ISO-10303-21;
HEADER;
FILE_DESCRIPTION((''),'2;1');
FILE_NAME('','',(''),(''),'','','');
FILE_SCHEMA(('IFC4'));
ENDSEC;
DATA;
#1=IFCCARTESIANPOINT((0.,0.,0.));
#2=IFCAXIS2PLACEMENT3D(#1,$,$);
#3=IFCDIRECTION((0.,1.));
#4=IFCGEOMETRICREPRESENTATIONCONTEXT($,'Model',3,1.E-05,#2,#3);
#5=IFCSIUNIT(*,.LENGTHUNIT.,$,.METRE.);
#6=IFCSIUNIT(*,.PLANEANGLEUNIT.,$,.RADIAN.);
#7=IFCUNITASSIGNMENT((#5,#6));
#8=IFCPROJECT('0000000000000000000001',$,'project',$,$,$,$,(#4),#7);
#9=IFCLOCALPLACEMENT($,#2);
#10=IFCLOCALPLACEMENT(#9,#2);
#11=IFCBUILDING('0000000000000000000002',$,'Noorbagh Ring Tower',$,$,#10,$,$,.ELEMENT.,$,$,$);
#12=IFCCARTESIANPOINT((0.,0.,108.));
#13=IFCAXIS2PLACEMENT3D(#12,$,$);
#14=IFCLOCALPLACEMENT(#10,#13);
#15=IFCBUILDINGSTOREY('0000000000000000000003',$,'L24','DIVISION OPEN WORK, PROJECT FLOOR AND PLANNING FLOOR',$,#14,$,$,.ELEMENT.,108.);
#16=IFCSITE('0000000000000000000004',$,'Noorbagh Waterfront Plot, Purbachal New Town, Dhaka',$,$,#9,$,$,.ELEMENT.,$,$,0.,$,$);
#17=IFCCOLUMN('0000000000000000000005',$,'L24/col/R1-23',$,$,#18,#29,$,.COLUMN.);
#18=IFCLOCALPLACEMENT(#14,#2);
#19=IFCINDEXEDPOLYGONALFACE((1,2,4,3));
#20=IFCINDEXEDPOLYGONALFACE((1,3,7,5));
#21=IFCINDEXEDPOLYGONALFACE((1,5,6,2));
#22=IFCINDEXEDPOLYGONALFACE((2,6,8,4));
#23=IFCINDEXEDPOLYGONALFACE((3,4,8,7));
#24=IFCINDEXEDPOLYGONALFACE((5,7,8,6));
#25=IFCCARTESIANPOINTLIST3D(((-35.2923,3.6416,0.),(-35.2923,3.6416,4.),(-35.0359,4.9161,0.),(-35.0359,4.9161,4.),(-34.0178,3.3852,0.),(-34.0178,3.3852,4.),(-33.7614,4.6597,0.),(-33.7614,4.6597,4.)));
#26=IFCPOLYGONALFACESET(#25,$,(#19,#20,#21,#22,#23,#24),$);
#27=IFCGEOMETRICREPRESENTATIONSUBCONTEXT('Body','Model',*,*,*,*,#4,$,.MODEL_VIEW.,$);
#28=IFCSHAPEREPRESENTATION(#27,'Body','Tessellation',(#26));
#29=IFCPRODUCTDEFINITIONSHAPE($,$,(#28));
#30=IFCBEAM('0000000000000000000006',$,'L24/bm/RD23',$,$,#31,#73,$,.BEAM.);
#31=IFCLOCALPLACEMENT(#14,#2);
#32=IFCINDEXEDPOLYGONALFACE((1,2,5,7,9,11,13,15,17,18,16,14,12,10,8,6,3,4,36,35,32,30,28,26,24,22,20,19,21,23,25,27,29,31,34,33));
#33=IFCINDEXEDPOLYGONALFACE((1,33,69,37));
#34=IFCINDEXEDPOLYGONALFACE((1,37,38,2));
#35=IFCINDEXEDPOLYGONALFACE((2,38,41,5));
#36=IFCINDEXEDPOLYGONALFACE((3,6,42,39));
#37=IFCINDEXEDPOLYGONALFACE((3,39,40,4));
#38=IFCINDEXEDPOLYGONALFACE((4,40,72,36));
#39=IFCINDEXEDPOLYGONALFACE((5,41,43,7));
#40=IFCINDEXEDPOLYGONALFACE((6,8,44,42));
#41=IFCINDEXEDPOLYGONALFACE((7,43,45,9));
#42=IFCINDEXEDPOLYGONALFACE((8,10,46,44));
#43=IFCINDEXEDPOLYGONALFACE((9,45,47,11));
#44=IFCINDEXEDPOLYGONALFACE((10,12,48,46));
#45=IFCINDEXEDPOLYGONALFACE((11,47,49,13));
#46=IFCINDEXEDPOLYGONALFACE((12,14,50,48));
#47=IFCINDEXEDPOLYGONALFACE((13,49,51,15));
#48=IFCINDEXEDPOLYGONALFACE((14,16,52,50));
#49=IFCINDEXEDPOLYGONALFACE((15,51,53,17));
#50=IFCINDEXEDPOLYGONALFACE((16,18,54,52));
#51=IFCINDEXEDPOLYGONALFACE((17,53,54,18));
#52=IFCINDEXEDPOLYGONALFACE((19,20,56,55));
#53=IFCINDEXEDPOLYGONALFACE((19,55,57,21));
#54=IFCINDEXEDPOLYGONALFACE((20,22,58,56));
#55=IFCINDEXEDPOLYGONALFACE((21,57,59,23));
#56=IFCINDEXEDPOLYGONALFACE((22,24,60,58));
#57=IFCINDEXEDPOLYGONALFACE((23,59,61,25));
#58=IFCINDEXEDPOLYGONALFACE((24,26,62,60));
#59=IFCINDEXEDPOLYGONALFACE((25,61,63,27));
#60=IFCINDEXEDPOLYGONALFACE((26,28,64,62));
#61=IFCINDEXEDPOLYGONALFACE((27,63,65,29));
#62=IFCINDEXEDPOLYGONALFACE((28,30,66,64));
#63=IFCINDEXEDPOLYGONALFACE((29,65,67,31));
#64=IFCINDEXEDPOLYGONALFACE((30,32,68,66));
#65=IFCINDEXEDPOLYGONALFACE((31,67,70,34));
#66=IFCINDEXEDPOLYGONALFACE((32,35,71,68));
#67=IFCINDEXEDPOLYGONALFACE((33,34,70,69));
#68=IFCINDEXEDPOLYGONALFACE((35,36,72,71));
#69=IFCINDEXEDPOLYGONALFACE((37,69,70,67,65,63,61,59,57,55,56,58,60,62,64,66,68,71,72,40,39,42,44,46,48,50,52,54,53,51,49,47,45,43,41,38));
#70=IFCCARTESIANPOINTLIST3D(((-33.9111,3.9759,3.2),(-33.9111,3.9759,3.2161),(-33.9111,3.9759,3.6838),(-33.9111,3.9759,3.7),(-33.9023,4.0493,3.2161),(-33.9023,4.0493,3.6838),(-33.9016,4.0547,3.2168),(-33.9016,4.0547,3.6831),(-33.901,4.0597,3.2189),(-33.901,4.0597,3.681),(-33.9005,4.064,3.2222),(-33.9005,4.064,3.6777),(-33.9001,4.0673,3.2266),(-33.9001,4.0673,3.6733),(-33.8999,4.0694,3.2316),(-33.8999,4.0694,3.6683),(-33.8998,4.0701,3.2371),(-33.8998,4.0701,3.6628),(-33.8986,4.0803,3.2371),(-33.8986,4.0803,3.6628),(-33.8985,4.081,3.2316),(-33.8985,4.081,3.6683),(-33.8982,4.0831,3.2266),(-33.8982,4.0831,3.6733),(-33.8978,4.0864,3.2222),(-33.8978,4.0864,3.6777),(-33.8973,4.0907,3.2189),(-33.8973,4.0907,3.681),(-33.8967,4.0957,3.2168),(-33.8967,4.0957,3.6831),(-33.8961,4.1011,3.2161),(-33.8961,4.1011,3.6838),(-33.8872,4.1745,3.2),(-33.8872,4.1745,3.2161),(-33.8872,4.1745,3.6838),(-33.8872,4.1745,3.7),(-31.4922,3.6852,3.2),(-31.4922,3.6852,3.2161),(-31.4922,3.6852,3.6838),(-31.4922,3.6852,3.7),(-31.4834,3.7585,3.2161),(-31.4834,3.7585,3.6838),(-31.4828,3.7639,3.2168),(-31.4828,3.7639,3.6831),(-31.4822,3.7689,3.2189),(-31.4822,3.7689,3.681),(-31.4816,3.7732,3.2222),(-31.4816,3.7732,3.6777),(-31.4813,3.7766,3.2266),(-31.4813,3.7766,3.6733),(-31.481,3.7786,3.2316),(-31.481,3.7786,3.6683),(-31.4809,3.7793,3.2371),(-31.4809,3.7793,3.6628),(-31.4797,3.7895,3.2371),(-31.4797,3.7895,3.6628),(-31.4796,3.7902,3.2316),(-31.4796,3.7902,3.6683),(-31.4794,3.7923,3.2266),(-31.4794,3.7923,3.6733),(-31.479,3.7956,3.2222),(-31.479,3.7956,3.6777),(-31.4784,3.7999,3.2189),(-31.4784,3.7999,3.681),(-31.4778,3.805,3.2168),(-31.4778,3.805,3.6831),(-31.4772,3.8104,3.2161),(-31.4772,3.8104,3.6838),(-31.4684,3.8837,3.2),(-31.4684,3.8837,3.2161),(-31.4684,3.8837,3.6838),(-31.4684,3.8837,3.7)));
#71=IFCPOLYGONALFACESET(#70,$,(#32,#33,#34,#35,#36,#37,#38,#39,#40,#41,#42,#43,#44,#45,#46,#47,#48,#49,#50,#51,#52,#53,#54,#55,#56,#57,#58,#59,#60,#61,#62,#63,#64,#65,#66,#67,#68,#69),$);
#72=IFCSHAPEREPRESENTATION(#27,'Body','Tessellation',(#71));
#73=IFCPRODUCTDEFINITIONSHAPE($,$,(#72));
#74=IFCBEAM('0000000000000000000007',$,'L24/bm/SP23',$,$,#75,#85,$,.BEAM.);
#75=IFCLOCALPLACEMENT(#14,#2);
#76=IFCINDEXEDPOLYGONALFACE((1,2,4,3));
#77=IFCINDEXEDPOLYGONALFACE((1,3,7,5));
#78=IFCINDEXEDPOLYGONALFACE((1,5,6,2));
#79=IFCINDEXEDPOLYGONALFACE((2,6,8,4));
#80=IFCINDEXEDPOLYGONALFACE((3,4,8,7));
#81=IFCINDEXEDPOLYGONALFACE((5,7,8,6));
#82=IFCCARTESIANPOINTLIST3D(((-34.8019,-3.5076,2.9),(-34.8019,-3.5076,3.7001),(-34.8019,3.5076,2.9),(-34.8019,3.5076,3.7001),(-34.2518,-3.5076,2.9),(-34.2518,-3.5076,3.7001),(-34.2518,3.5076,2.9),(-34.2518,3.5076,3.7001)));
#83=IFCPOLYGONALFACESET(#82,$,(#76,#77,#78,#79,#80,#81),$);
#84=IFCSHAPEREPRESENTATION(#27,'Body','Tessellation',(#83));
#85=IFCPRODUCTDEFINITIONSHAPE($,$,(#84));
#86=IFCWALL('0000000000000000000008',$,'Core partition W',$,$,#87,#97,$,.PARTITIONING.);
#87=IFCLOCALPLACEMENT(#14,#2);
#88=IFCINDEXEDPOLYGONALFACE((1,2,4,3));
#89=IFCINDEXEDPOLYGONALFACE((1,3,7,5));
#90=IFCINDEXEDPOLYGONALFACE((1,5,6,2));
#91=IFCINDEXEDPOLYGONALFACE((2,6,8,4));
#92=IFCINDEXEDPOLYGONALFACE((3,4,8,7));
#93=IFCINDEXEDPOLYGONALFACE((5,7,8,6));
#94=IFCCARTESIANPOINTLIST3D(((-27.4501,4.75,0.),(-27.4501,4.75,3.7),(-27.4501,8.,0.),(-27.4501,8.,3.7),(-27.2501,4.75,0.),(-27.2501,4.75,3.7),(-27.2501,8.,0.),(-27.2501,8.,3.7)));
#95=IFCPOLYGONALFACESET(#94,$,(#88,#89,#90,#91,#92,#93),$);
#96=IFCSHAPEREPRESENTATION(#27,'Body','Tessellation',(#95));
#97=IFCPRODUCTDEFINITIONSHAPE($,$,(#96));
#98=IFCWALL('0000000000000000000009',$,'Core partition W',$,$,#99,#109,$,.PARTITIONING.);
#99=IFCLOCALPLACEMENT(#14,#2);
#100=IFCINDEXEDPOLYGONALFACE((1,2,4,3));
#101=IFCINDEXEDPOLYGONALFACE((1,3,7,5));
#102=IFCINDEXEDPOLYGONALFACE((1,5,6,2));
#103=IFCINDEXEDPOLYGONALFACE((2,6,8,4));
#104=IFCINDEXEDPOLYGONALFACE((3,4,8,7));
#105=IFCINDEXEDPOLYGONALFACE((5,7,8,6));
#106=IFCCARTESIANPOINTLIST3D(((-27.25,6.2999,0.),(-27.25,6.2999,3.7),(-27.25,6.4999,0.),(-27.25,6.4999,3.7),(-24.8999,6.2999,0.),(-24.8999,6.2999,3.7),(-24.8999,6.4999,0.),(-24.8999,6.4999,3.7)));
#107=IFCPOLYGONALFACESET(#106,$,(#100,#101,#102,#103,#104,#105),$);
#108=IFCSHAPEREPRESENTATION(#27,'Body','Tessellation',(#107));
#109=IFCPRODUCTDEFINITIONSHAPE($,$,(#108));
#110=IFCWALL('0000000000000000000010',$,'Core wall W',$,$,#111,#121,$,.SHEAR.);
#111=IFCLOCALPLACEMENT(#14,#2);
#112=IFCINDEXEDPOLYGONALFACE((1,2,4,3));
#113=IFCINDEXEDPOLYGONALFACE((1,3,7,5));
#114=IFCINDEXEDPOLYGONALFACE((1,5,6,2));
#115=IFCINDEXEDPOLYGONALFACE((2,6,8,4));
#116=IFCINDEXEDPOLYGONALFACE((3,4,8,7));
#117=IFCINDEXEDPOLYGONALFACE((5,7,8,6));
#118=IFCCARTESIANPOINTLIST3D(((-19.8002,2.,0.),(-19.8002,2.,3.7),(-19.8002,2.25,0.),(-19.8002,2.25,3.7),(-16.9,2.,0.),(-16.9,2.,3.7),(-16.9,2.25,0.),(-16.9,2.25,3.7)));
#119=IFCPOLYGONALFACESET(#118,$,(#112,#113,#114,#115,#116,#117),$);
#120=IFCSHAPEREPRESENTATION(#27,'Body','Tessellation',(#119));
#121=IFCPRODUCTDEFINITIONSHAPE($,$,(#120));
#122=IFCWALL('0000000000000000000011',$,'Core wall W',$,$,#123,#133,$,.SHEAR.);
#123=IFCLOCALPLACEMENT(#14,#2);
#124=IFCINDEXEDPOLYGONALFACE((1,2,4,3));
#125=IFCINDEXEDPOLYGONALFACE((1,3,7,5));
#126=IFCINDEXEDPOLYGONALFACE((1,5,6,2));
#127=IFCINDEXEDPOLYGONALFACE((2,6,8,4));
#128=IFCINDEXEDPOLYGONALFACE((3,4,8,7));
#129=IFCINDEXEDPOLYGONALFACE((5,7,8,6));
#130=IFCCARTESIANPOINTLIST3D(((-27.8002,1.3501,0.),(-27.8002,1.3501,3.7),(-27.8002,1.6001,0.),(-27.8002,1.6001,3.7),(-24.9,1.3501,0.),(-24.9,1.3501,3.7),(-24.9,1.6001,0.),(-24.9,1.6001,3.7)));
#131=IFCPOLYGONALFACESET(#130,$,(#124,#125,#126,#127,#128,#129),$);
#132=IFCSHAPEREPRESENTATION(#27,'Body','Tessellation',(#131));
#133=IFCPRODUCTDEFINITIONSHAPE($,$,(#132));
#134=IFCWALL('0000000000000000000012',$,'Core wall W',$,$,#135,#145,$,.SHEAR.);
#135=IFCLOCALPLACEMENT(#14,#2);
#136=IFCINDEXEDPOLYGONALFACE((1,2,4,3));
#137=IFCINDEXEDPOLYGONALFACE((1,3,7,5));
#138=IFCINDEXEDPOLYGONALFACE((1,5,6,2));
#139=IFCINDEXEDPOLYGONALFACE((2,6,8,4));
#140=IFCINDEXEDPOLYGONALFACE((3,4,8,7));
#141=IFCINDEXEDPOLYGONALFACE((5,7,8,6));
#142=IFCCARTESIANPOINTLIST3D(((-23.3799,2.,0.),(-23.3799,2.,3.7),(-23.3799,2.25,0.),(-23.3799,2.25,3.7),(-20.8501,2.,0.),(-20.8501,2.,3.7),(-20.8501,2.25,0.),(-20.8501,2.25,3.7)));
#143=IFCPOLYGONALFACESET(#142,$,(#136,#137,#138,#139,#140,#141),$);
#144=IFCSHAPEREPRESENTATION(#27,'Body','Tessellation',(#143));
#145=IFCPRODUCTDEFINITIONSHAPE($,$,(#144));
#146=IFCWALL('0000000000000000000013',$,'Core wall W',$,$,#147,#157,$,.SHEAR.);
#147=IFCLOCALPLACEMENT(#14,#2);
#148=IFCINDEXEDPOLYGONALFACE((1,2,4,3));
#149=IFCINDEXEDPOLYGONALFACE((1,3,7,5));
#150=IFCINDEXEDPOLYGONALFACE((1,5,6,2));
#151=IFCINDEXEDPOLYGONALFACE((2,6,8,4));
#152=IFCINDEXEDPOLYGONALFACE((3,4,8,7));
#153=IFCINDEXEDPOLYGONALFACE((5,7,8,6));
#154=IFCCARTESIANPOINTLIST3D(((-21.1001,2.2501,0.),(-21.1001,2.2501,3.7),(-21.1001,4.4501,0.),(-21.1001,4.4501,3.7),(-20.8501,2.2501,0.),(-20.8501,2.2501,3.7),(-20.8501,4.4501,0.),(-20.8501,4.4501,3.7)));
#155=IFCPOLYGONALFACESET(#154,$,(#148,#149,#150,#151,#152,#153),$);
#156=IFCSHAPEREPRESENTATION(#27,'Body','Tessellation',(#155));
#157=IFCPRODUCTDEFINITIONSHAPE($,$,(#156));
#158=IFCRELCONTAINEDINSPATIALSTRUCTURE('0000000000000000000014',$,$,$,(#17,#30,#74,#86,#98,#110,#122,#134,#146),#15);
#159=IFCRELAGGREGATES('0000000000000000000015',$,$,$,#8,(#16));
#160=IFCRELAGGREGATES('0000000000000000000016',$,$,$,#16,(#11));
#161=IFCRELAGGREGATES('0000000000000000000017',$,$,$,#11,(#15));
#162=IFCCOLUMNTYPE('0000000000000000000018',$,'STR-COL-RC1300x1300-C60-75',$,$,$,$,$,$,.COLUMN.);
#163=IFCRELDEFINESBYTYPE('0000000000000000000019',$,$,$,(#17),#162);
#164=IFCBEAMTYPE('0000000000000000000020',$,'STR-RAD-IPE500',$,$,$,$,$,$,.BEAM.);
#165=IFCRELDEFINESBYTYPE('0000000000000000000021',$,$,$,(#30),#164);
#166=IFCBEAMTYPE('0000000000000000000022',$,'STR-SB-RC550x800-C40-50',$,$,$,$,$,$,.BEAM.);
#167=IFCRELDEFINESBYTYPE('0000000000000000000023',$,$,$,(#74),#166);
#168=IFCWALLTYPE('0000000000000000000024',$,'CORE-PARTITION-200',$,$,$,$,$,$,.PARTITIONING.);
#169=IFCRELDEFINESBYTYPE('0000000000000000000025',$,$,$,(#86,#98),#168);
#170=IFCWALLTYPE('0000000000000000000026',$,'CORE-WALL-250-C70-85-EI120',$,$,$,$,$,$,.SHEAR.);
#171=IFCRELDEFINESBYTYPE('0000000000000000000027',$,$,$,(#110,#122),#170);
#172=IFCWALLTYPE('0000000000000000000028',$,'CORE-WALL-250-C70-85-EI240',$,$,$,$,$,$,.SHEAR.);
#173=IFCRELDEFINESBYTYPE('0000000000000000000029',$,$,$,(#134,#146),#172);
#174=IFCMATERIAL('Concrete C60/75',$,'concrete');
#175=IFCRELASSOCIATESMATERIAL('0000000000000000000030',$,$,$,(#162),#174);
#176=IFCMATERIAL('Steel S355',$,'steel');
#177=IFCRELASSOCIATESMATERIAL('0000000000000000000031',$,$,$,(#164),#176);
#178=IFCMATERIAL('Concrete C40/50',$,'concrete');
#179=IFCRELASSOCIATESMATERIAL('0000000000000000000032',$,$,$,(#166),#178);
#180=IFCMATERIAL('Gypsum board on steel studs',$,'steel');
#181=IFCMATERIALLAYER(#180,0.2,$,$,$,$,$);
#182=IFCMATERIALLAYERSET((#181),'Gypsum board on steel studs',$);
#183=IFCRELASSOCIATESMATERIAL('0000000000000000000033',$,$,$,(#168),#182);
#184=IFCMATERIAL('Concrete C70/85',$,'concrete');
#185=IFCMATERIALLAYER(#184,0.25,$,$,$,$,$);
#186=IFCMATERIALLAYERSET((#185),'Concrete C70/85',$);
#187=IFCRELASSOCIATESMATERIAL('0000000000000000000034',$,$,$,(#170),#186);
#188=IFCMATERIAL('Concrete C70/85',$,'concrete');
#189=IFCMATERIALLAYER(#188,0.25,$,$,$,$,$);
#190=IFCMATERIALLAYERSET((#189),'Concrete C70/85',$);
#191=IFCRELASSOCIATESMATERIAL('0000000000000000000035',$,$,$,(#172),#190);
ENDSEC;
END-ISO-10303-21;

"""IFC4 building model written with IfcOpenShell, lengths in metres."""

from ifc_helpers import new_model, si_unit, direction, frame, frame_2d, origin, origin_2d, place, context, subcontext, project, spatial, rectangle, i_section, extrude, material, layer, layer_set, material_profile, profile_set, type_object, element, save


model = new_model("IFC4")

# Units and contexts
model_context = context("Model", 3, precision=1e-05, world=origin(), true_north=direction((0.0, 1.0)))
body_context = subcontext(model_context, "Body", "Model", "MODEL_VIEW")
ifc_project = project(units=[si_unit("LENGTHUNIT", "METRE"), si_unit("PLANEANGLEUNIT", "RADIAN")], contexts=[model_context])

# Site, building, storey
site_placement = place(None, origin())
site = spatial("IfcSite", under=ifc_project, at=site_placement, Name="Noorbagh Waterfront Plot, Purbachal New Town, Dhaka", CompositionType="ELEMENT", RefElevation=0.0)
building_placement = place(site_placement, origin())
building = spatial("IfcBuilding", under=site, at=building_placement, Name="Noorbagh Ring Tower", CompositionType="ELEMENT")
storey_placement = place(building_placement, frame((0.0, 0.0, 108.0)))
storey = spatial("IfcBuildingStorey", under=building, at=storey_placement, Name="L24", Description="DIVISION OPEN WORK, PROJECT FLOOR AND PLANNING FLOOR", CompositionType="ELEMENT", Elevation=108.0)

# Column
ifc_material_1 = material(Name="Concrete C60/75", Category="concrete")
ifc_material_profile_1 = material_profile(ifc_material_1, rectangle(XDim=1.3, YDim=1.3, at=origin_2d()), Name="RC1300x1300")
ifc_profile_set_1 = profile_set([ifc_material_profile_1], Name="Concrete C60/75")
column_type = type_object("IfcColumnType", Name="STR-COL-RC1300x1300-C60-75", PredefinedType="COLUMN", material=ifc_profile_set_1)
column_placement = place(storey_placement, frame((-34.5269, 4.1506, 0.0), z_axis=(0.0, 0.0, 1.0), x_axis=(-0.19723, -0.980357, 0.0)))
element("IfcColumn", 1, at=column_placement, inside=storey, type_object=column_type, Name="L24/col/R1-23", PredefinedType="COLUMN", context=body_context, shape_type="SweptSolid", body=[
    extrude(rectangle(XDim=1.3, YDim=1.3, at=origin_2d()), origin(), (0.0, 0.0, 1.0), 4.0),
])

# Beams
ifc_material_2 = material(Name="Steel S355", Category="steel")
ifc_material_profile_2 = material_profile(ifc_material_2, i_section(OverallWidth=0.2, OverallDepth=0.5, WebThickness=0.0103, FlangeThickness=0.0161, FilletRadius=0.021, at=origin_2d()), Name="IPE500")
ifc_profile_set_2 = profile_set([ifc_material_profile_2], Name="Steel S355")
beam_type_1 = type_object("IfcBeamType", Name="STR-RAD-IPE500", PredefinedType="BEAM", material=ifc_profile_set_2)
beam_1_placement = place(storey_placement, frame((-33.8992, 4.0752, 3.45), z_axis=(0.992853, -0.119347, 0.0), x_axis=(0.119347, 0.992853, 0.0)))
element("IfcBeam", 2, at=beam_1_placement, inside=storey, type_object=beam_type_1, Name="L24/bm/RD23", PredefinedType="BEAM", context=body_context, shape_type="SweptSolid", body=[
    extrude(i_section(OverallWidth=0.2, OverallDepth=0.5, WebThickness=0.0103, FlangeThickness=0.0161, FilletRadius=0.021, at=origin_2d()), origin(), (0.0, 0.0, 1.0), 2.4363),
])
ifc_material_3 = material(Name="Concrete C40/50", Category="concrete")
ifc_material_profile_3 = material_profile(ifc_material_3, rectangle(XDim=0.55, YDim=0.8, at=origin_2d()), Name="RC550x800")
ifc_profile_set_3 = profile_set([ifc_material_profile_3], Name="Concrete C40/50")
beam_type_2 = type_object("IfcBeamType", Name="STR-SB-RC550x800-C40-50", PredefinedType="BEAM", material=ifc_profile_set_3)
beam_2_placement = place(storey_placement, frame((-34.5269, 3.5076, 3.3), z_axis=(0.0, -1.0, 0.0), x_axis=(1.0, 0.0, 0.0)))
element("IfcBeam", 3, at=beam_2_placement, inside=storey, type_object=beam_type_2, Name="L24/bm/SP23", PredefinedType="BEAM", context=body_context, shape_type="SweptSolid", body=[
    extrude(rectangle(XDim=0.55, YDim=0.8, at=origin_2d()), origin(), (0.0, 0.0, 1.0), 7.0151),
])

# Walls
ifc_material_4 = material(Name="Gypsum board on steel studs", Category="steel")
ifc_layer_1 = layer(ifc_material_4, 0.2)
ifc_layer_set_1 = layer_set([ifc_layer_1], Name="Gypsum board on steel studs")
wall_type_1 = type_object("IfcWallType", Name="CORE-PARTITION-200", PredefinedType="PARTITIONING", material=ifc_layer_set_1)
wall_1_placement = place(storey_placement, frame((-27.3501, 4.75, 0.0), z_axis=(0.0, 0.0, 1.0), x_axis=(0.0, 1.0, 0.0)))
element("IfcWall", 4, at=wall_1_placement, inside=storey, type_object=wall_type_1, Name="Core partition W", PredefinedType="PARTITIONING", context=body_context, shape_type="SweptSolid", body=[
    extrude(rectangle(XDim=3.25, YDim=0.2, at=frame_2d((1.625, 0.0))), origin(), (0.0, 0.0, 1.0), 3.7),
])
wall_2_placement = place(storey_placement, frame((-24.8999, 6.3999, 0.0), z_axis=(0.0, 0.0, 1.0), x_axis=(-1.0, 0.0, 0.0)))
element("IfcWall", 5, at=wall_2_placement, inside=storey, type_object=wall_type_1, Name="Core partition W", PredefinedType="PARTITIONING", context=body_context, shape_type="SweptSolid", body=[
    extrude(rectangle(XDim=2.3501, YDim=0.2, at=frame_2d((1.175, 0.0))), origin(), (0.0, 0.0, 1.0), 3.7),
])
ifc_material_5 = material(Name="Concrete C70/85", Category="concrete")
ifc_layer_2 = layer(ifc_material_5, 0.25)
ifc_layer_set_2 = layer_set([ifc_layer_2], Name="Concrete C70/85")
wall_type_2 = type_object("IfcWallType", Name="CORE-WALL-250-C70-85-EI120", PredefinedType="SHEAR", material=ifc_layer_set_2)
for number, where, z_axis, x_axis, name in (
    (6, (-16.8999, 2.125, 0.0), (0.0, 0.0, 1.0), (-1.0, 0.0, 0.0), "Core wall W"),
    (7, (-24.8999, 1.4751, 0.0), (0.0, 0.0, 1.0), (-1.0, 0.0, 0.0), "Core wall W"),
):
    element("IfcWall", number, at=place(storey_placement, frame(where, z_axis=z_axis, x_axis=x_axis)), inside=storey, type_object=wall_type_2, Name=name, PredefinedType="SHEAR", context=body_context, shape_type="SweptSolid", body=[
        extrude(rectangle(XDim=2.9001, YDim=0.25, at=frame_2d((1.4502, 0.0))), origin(), (0.0, 0.0, 1.0), 3.7),
    ])
ifc_material_6 = material(Name="Concrete C70/85", Category="concrete")
ifc_layer_3 = layer(ifc_material_6, 0.25)
ifc_layer_set_3 = layer_set([ifc_layer_3], Name="Concrete C70/85")
wall_type_3 = type_object("IfcWallType", Name="CORE-WALL-250-C70-85-EI240", PredefinedType="SHEAR", material=ifc_layer_set_3)
wall_3_placement = place(storey_placement, frame((-20.8501, 2.125, 0.0), z_axis=(0.0, 0.0, 1.0), x_axis=(-1.0, 0.0, 0.0)))
element("IfcWall", 8, at=wall_3_placement, inside=storey, type_object=wall_type_3, Name="Core wall W", PredefinedType="SHEAR", context=body_context, shape_type="SweptSolid", body=[
    extrude(rectangle(XDim=2.5298, YDim=0.25, at=frame_2d((1.2649, 0.0))), origin(), (0.0, 0.0, 1.0), 3.7),
])
wall_4_placement = place(storey_placement, frame((-20.9751, 2.25, 0.0), z_axis=(0.0, 0.0, 1.0), x_axis=(0.0, 1.0, 0.0)))
element("IfcWall", 9, at=wall_4_placement, inside=storey, type_object=wall_type_3, Name="Core wall W", PredefinedType="SHEAR", context=body_context, shape_type="SweptSolid", body=[
    extrude(rectangle(XDim=2.2, YDim=0.25, at=frame_2d((1.1001, 0.0))), origin(), (0.0, 0.0, 1.0), 3.7),
])

save(model, "model.ifc")
